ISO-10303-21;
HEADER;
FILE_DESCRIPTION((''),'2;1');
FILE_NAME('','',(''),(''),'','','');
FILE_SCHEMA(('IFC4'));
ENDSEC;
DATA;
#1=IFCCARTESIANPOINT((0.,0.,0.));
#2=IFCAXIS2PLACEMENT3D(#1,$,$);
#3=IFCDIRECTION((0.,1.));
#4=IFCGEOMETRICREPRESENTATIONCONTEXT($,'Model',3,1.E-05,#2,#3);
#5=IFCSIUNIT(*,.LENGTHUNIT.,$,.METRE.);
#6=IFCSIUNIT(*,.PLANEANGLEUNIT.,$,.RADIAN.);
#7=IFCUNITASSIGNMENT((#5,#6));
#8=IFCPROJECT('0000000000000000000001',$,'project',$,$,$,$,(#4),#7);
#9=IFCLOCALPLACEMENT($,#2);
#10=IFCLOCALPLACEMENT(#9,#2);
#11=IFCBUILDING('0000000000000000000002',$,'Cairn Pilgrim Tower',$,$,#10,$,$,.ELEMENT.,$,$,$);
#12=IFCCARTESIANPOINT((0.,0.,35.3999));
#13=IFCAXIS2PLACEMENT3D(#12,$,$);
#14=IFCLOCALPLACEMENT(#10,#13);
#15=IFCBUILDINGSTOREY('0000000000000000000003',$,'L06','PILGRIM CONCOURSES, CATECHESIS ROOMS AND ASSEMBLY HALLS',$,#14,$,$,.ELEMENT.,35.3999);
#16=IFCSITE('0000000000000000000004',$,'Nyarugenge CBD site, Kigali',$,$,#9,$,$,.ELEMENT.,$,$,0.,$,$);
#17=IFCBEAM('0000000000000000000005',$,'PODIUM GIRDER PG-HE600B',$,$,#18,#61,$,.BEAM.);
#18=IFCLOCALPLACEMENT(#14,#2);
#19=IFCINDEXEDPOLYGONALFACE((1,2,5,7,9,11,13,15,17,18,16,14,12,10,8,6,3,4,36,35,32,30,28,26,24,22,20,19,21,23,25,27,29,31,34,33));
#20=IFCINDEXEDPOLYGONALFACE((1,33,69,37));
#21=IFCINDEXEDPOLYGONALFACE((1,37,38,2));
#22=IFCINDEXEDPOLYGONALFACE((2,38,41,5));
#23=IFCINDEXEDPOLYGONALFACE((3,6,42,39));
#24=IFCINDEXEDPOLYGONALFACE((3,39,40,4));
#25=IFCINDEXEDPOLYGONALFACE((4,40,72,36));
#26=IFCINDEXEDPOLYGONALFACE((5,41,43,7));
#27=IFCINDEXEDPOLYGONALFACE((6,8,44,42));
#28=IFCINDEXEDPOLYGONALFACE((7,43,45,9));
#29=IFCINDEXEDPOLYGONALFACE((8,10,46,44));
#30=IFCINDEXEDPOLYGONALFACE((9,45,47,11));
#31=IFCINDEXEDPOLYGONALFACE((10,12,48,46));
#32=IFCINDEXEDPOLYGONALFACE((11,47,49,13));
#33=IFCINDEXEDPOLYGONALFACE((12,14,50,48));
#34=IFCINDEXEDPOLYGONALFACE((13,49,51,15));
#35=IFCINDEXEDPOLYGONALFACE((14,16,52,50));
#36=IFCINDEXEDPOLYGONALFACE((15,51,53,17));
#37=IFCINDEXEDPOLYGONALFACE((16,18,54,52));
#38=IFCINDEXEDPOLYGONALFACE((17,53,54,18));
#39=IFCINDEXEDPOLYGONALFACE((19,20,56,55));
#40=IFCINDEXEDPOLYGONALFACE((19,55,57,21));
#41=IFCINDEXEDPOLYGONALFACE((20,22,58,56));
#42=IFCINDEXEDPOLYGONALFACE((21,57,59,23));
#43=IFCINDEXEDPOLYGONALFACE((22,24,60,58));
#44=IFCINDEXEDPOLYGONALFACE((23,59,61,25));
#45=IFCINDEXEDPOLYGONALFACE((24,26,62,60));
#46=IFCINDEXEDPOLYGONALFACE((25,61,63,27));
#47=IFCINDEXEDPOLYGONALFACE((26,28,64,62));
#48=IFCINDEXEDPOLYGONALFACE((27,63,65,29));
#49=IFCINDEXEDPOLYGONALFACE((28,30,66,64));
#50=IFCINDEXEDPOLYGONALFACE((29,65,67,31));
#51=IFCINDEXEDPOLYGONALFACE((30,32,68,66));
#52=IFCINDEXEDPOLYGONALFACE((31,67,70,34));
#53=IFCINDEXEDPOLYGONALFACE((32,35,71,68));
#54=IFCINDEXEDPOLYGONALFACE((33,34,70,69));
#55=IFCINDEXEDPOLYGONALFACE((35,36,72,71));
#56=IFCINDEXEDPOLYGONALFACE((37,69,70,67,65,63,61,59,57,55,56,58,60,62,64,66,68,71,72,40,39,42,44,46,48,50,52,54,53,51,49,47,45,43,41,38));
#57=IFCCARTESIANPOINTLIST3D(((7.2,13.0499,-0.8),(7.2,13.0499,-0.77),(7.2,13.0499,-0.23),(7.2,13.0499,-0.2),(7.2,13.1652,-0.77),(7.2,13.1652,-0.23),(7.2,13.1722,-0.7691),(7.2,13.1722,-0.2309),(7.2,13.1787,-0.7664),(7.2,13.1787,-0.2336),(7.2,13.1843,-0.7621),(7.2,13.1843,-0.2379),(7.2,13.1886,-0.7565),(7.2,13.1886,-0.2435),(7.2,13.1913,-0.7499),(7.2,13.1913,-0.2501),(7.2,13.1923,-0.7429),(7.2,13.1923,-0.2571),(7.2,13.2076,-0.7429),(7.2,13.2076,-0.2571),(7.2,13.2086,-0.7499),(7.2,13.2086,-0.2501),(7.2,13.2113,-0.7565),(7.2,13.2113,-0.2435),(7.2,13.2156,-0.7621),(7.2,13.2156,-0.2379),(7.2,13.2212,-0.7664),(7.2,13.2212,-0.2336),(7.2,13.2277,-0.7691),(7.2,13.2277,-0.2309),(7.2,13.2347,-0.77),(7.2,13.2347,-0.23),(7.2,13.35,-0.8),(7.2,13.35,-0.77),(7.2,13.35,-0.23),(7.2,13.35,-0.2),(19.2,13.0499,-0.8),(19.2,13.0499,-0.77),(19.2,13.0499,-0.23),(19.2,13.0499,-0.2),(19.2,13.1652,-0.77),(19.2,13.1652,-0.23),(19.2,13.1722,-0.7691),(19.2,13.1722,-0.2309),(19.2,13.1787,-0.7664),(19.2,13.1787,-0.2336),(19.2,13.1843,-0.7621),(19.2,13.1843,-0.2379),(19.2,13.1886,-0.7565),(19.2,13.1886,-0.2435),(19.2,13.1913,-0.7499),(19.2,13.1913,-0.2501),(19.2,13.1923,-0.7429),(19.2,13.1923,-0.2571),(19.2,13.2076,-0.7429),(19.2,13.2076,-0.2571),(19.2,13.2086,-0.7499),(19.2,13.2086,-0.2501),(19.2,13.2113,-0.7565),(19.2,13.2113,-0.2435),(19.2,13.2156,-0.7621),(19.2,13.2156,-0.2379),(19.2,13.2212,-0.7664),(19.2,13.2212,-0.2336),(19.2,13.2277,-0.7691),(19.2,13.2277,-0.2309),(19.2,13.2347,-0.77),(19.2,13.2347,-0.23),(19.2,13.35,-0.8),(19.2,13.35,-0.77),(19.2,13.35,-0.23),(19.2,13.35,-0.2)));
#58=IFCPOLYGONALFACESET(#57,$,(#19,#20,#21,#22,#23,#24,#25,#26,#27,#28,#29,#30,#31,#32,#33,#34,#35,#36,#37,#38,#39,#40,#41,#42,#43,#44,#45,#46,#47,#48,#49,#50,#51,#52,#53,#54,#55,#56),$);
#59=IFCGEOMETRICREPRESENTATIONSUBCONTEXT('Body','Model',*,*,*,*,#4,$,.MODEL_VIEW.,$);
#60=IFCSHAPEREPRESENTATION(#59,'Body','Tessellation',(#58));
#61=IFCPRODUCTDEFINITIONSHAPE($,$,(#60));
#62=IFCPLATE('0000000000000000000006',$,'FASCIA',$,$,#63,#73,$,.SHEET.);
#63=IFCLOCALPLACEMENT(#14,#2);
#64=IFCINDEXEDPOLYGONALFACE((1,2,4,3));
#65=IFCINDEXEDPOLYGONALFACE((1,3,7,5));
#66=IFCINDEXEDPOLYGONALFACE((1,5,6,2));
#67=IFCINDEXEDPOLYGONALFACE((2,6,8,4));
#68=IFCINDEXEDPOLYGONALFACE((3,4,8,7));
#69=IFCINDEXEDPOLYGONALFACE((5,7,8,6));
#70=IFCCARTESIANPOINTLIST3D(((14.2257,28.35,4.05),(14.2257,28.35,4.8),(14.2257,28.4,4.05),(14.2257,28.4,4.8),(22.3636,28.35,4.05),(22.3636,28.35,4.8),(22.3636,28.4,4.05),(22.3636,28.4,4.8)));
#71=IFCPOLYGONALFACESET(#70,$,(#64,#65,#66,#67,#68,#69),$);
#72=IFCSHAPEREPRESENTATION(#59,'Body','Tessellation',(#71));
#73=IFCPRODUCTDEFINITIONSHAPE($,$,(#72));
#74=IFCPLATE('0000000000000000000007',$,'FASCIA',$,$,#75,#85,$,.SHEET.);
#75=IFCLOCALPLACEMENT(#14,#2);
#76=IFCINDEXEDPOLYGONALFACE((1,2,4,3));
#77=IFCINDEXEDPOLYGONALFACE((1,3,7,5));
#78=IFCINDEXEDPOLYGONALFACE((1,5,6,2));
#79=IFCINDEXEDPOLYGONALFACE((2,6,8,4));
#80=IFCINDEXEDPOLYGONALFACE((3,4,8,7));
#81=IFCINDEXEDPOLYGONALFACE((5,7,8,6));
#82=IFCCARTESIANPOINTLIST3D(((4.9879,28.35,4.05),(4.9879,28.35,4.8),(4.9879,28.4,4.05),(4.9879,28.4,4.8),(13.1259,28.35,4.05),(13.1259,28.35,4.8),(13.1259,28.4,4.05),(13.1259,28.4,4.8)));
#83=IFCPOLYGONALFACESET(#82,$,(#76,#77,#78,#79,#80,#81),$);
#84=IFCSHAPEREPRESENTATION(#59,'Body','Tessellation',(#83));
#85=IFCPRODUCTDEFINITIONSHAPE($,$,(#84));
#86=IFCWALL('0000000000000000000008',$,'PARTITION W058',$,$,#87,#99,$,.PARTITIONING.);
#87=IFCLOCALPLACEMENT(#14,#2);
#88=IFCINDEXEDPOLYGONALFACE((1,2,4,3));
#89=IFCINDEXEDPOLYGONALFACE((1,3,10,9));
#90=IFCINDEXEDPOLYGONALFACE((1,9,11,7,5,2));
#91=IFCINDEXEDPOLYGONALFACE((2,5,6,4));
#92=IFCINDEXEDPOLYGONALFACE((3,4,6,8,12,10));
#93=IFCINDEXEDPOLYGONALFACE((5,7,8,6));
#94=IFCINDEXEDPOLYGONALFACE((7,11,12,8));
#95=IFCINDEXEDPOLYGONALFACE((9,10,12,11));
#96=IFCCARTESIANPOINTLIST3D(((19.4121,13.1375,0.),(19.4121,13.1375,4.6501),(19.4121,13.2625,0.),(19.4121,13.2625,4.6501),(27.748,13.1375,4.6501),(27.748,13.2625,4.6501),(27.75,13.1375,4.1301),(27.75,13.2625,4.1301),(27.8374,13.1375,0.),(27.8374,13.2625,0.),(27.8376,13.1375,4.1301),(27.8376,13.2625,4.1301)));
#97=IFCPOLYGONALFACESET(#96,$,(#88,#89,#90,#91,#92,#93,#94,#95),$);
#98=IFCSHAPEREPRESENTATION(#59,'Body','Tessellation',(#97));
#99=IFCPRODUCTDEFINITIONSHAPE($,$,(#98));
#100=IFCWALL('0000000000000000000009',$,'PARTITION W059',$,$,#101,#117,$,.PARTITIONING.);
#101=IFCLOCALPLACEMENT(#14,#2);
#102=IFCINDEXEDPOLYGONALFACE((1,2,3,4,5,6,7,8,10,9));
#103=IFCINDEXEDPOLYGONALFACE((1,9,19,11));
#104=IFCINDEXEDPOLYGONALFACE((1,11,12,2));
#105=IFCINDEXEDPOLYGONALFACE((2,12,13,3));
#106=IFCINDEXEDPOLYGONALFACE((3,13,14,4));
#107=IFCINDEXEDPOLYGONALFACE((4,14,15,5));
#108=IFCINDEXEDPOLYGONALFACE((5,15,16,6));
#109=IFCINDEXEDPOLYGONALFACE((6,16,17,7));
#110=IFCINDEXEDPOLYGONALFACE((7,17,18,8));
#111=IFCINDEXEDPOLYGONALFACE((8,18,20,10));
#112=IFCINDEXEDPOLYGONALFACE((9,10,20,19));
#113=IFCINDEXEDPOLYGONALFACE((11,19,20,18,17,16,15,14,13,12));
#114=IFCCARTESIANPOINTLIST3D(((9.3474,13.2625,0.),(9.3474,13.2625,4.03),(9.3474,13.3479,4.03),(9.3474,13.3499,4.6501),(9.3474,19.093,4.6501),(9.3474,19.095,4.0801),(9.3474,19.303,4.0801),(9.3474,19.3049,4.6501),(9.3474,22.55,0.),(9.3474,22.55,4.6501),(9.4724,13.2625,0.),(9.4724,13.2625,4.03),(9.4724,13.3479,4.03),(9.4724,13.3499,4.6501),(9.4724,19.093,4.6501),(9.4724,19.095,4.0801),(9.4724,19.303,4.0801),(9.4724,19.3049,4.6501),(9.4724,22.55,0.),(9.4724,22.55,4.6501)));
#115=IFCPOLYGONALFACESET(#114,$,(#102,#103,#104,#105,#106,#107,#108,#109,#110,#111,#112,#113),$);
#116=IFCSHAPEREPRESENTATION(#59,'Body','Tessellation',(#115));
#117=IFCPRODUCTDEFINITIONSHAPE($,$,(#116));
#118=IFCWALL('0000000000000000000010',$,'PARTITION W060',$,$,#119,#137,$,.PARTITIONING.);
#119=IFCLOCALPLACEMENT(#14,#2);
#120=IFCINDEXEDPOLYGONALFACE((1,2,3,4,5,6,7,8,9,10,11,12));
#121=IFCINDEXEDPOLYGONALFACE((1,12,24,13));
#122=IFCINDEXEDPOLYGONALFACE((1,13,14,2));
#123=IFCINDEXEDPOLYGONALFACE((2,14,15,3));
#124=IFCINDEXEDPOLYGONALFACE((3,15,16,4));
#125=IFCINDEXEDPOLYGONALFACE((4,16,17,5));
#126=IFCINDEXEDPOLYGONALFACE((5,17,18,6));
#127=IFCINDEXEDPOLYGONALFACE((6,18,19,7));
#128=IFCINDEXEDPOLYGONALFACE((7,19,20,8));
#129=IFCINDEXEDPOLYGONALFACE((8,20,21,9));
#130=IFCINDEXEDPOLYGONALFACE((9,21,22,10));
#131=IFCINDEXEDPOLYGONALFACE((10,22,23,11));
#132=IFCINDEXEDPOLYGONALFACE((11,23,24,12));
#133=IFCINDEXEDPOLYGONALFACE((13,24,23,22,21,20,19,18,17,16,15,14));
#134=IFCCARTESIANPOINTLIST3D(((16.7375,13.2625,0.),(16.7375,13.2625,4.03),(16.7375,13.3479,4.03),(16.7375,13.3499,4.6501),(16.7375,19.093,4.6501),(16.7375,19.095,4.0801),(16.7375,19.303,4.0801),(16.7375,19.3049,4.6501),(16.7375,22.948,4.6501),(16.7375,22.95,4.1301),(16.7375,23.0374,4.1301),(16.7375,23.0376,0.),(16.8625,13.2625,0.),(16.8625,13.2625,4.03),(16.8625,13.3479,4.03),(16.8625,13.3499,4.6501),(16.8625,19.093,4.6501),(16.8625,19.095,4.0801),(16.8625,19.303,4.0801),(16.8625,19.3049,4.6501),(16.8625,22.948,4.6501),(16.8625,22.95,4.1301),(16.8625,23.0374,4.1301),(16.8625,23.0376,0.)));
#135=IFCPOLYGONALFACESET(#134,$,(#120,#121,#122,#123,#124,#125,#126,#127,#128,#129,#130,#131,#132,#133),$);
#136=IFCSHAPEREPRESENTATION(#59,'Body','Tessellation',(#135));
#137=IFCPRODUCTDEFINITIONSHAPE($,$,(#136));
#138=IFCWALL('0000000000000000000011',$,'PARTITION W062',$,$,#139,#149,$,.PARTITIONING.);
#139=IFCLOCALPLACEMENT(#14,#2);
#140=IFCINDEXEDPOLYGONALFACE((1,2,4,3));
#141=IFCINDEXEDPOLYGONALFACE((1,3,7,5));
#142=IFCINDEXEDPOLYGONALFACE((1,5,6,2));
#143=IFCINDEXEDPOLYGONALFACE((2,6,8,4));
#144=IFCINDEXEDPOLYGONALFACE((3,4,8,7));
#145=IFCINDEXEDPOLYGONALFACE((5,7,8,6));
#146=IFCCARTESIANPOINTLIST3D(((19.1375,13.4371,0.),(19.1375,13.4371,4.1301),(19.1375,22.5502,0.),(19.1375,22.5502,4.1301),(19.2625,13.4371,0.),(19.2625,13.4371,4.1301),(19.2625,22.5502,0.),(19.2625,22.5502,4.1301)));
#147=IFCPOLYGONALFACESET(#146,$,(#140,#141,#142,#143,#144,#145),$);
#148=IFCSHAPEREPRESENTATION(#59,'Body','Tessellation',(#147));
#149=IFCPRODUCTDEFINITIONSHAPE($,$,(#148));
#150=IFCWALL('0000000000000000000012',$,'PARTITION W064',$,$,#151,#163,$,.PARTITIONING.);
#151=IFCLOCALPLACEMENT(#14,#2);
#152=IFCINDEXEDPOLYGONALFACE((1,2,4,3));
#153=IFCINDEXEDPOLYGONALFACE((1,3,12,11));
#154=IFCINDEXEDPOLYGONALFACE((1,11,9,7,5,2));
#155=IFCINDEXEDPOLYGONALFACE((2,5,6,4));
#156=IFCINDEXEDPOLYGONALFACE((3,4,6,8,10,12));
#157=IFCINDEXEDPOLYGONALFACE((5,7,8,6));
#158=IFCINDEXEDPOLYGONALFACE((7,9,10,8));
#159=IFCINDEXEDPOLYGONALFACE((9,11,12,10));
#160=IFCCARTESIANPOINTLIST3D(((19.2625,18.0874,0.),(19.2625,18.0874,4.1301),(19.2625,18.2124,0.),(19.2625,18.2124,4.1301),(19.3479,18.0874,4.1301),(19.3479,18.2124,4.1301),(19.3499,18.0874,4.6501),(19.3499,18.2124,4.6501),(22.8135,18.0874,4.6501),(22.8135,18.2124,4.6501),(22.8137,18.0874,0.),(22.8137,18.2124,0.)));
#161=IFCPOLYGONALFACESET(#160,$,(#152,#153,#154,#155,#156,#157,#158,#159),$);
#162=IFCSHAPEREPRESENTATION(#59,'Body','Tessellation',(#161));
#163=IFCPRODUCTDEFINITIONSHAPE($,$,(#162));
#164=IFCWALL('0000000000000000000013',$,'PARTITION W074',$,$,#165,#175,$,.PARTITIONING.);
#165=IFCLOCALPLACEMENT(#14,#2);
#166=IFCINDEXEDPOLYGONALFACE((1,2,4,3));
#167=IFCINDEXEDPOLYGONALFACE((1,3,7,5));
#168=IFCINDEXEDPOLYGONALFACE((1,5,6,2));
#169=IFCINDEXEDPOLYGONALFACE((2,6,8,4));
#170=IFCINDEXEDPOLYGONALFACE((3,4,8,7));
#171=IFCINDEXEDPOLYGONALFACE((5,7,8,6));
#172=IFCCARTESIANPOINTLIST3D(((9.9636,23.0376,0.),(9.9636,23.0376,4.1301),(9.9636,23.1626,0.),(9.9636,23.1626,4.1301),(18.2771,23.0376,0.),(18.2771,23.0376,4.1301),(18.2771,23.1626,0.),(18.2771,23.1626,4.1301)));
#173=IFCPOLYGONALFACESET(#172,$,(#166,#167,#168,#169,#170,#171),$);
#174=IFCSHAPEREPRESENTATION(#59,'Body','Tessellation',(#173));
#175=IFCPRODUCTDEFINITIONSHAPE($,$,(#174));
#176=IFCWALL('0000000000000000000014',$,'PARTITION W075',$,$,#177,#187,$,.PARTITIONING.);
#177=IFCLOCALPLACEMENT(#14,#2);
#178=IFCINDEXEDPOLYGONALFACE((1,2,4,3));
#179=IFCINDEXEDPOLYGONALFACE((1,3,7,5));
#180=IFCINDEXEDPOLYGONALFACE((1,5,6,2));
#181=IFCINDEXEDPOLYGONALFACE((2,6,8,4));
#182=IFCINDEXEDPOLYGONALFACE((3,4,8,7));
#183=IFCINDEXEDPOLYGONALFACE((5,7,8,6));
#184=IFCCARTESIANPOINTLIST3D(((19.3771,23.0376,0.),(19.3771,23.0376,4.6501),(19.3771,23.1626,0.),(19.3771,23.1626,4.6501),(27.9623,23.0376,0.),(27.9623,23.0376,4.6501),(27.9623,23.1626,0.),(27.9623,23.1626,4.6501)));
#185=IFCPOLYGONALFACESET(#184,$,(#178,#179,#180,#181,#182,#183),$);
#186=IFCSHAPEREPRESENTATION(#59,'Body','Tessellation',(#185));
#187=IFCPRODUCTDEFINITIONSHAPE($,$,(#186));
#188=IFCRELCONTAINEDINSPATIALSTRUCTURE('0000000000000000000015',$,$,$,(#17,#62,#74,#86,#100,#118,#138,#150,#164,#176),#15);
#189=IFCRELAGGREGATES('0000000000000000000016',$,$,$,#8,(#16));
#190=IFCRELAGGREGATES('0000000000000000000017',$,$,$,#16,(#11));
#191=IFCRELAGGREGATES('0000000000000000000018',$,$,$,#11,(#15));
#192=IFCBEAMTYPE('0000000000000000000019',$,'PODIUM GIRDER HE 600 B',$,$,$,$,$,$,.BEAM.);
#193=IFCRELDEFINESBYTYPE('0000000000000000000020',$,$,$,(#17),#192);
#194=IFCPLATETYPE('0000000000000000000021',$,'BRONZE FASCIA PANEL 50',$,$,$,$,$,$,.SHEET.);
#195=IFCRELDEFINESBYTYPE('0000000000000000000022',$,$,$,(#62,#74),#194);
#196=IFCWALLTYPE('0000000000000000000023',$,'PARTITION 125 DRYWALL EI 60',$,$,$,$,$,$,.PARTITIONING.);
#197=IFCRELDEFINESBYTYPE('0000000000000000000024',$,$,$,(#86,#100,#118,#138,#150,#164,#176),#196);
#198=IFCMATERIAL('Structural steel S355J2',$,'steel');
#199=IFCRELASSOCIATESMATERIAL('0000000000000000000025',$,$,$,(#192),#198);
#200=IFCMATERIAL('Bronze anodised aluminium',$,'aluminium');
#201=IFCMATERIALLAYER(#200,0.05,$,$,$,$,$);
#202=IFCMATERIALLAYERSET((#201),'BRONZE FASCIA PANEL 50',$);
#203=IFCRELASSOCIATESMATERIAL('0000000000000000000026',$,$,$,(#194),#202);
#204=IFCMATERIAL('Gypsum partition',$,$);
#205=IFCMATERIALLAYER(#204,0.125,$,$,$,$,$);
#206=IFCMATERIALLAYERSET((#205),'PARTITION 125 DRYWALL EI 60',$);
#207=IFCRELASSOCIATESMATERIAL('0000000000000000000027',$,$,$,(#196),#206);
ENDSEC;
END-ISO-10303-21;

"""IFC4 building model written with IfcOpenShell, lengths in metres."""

from ifc_helpers import new_model, si_unit, direction, frame, frame_2d, origin, origin_2d, place, context, subcontext, project, spatial, polyline, rectangle, i_section, outline, extrude, material, layer, layer_set, material_profile, profile_set, type_object, element, save


model = new_model("IFC4")

# Units and contexts
model_context = context("Model", 3, precision=1e-05, world=origin(), true_north=direction((0.0, 1.0)))
body_context = subcontext(model_context, "Body", "Model", "MODEL_VIEW")
ifc_project = project(units=[si_unit("LENGTHUNIT", "METRE"), si_unit("PLANEANGLEUNIT", "RADIAN")], contexts=[model_context])

# Site, building, storey
site_placement = place(None, origin())
site = spatial("IfcSite", under=ifc_project, at=site_placement, Name="Nyarugenge CBD site, Kigali", CompositionType="ELEMENT", RefElevation=0.0)
building_placement = place(site_placement, origin())
building = spatial("IfcBuilding", under=site, at=building_placement, Name="Cairn Pilgrim Tower", CompositionType="ELEMENT")
storey_placement = place(building_placement, frame((0.0, 0.0, 35.3999)))
storey = spatial("IfcBuildingStorey", under=building, at=storey_placement, Name="L06", Description="PILGRIM CONCOURSES, CATECHESIS ROOMS AND ASSEMBLY HALLS", CompositionType="ELEMENT", Elevation=35.3999)

# Beam
ifc_material_1 = material(Name="Structural steel S355J2", Category="steel")
ifc_material_profile_1 = material_profile(ifc_material_1, i_section(OverallWidth=0.3, OverallDepth=0.6001, WebThickness=0.0154, FlangeThickness=0.03, FilletRadius=0.0271, at=origin_2d()), Name="HEB 600")
ifc_profile_set_1 = profile_set([ifc_material_profile_1], Name="Structural steel S355J2")
beam_type_1 = type_object("IfcBeamType", Name="PODIUM GIRDER HE 600 B", PredefinedType="BEAM", material=ifc_profile_set_1)
beam_1_placement = place(storey_placement, frame((19.2, 13.2, -0.5), z_axis=(-1.0, 0.0, 0.0), x_axis=(0.0, -1.0, 0.0)))
element("IfcBeam", 1, at=beam_1_placement, inside=storey, type_object=beam_type_1, Name="PODIUM GIRDER PG-HE600B", PredefinedType="BEAM", context=body_context, shape_type="SweptSolid", body=[
    extrude(i_section(OverallWidth=0.3, OverallDepth=0.6001, WebThickness=0.0154, FlangeThickness=0.03, FilletRadius=0.0271, at=origin_2d()), origin(), (0.0, 0.0, 1.0), 12.0),
])

# Plates
ifc_material_2 = material(Name="Bronze anodised aluminium", Category="aluminium")
ifc_layer_1 = layer(ifc_material_2, 0.05)
ifc_layer_set_1 = layer_set([ifc_layer_1], Name="BRONZE FASCIA PANEL 50")
plate_type = type_object("IfcPlateType", Name="BRONZE FASCIA PANEL 50", PredefinedType="SHEET", material=ifc_layer_set_1)
for number, where, z_axis, x_axis, name in (
    (2, (18.2947, 28.375, 4.05), (0.0, 0.0, 1.0), (-1.0, 0.0, 0.0), "FASCIA"),
    (3, (9.0569, 28.375, 4.05), (0.0, 0.0, 1.0), (-1.0, 0.0, 0.0), "FASCIA"),
):
    element("IfcPlate", number, at=place(storey_placement, frame(where, z_axis=z_axis, x_axis=x_axis)), inside=storey, type_object=plate_type, Name=name, PredefinedType="SHEET", context=body_context, shape_type="SweptSolid", body=[
        extrude(rectangle(XDim=8.1379, YDim=0.05, at=origin_2d()), origin(), (0.0, 0.0, 1.0), 0.75),
    ])

# Walls
ifc_material_3 = material(Name="Gypsum partition")
ifc_layer_2 = layer(ifc_material_3, 0.125)
ifc_layer_set_2 = layer_set([ifc_layer_2], Name="PARTITION 125 DRYWALL EI 60")
wall_type_1 = type_object("IfcWallType", Name="PARTITION 125 DRYWALL EI 60", PredefinedType="PARTITIONING", material=ifc_layer_set_2)
wall_1_placement = place(storey_placement, frame((19.4121, 13.2, 0.0), z_axis=(0.0, 0.0, 1.0), x_axis=(1.0, 0.0, 0.0)))
element("IfcWall", 4, at=wall_1_placement, inside=storey, type_object=wall_type_1, Name="PARTITION W058", PredefinedType="PARTITIONING", context=body_context, shape_type="SweptSolid", body=[
    extrude(outline(polyline([(0.0, 0.0), (8.4253, 0.0), (8.4255, 4.1301), (8.3379, 4.1301), (8.3359, 4.6501), (0.0, 4.6501), (0.0, 0.0)])), frame((0.0, 0.0625, 0.0), z_axis=(0.0, -1.0, 0.0), x_axis=(1.0, 0.0, 0.0)), (0.0, 0.0, 1.0), 0.125),
])
wall_2_placement = place(storey_placement, frame((9.4099, 13.2625, 0.0), z_axis=(0.0, 0.0, 1.0), x_axis=(0.0, 1.0, 0.0)))
element("IfcWall", 5, at=wall_2_placement, inside=storey, type_object=wall_type_1, Name="PARTITION W059", PredefinedType="PARTITIONING", context=body_context, shape_type="SweptSolid", body=[
    extrude(outline(polyline([(0.0, 0.0), (9.2876, 0.0), (9.2876, 4.6501), (6.0425, 4.6501), (6.0405, 4.0801), (5.8325, 4.0801), (5.8306, 4.6501), (0.0874, 4.6501), (0.0854, 4.03), (0.0, 4.03), (0.0, 0.0)])), frame((0.0, 0.0625, 0.0), z_axis=(0.0, -1.0, 0.0), x_axis=(1.0, 0.0, 0.0)), (0.0, 0.0, 1.0), 0.125),
])
wall_3_placement = place(storey_placement, frame((16.8, 13.2625, 0.0), z_axis=(0.0, 0.0, 1.0), x_axis=(0.0, 1.0, 0.0)))
element("IfcWall", 6, at=wall_3_placement, inside=storey, type_object=wall_type_1, Name="PARTITION W060", PredefinedType="PARTITIONING", context=body_context, shape_type="SweptSolid", body=[
    extrude(outline(polyline([(0.0, 0.0), (9.7751, 0.0), (9.7749, 4.1301), (9.6875, 4.1301), (9.6855, 4.6501), (6.0425, 4.6501), (6.0405, 4.0801), (5.8325, 4.0801), (5.8306, 4.6501), (0.0874, 4.6501), (0.0854, 4.03), (0.0, 4.03), (0.0, 0.0)])), frame((0.0, 0.0625, 0.0), z_axis=(0.0, -1.0, 0.0), x_axis=(1.0, 0.0, 0.0)), (0.0, 0.0, 1.0), 0.125),
])
wall_4_placement = place(storey_placement, frame((19.2, 13.437, 0.0), z_axis=(0.0, 0.0, 1.0), x_axis=(0.0, 1.0, 0.0)))
element("IfcWall", 7, at=wall_4_placement, inside=storey, type_object=wall_type_1, Name="PARTITION W062", PredefinedType="PARTITIONING", context=body_context, shape_type="SweptSolid", body=[
    extrude(rectangle(XDim=9.113, YDim=0.125, at=frame_2d((4.5566, 0.0))), origin(), (0.0, 0.0, 1.0), 4.1301),
])
wall_5_placement = place(storey_placement, frame((19.2625, 18.1499, 0.0), z_axis=(0.0, 0.0, 1.0), x_axis=(1.0, 0.0, 0.0)))
element("IfcWall", 8, at=wall_5_placement, inside=storey, type_object=wall_type_1, Name="PARTITION W064", PredefinedType="PARTITIONING", context=body_context, shape_type="SweptSolid", body=[
    extrude(outline(polyline([(0.0, 0.0), (3.5513, 0.0), (3.551, 4.6501), (0.0874, 4.6501), (0.0854, 4.1301), (0.0, 4.1301), (0.0, 0.0)])), frame((0.0, 0.0625, 0.0), z_axis=(0.0, -1.0, 0.0), x_axis=(1.0, 0.0, 0.0)), (0.0, 0.0, 1.0), 0.125),
])
wall_6_placement = place(storey_placement, frame((9.9636, 23.1001, 0.0), z_axis=(0.0, 0.0, 1.0), x_axis=(1.0, 0.0, 0.0)))
element("IfcWall", 9, at=wall_6_placement, inside=storey, type_object=wall_type_1, Name="PARTITION W074", PredefinedType="PARTITIONING", context=body_context, shape_type="SweptSolid", body=[
    extrude(rectangle(XDim=8.3135, YDim=0.125, at=frame_2d((4.1567, 0.0))), origin(), (0.0, 0.0, 1.0), 4.1301),
])
wall_7_placement = place(storey_placement, frame((19.3772, 23.1001, 0.0), z_axis=(0.0, 0.0, 1.0), x_axis=(1.0, 0.0, 0.0)))
element("IfcWall", 10, at=wall_7_placement, inside=storey, type_object=wall_type_1, Name="PARTITION W075", PredefinedType="PARTITIONING", context=body_context, shape_type="SweptSolid", body=[
    extrude(rectangle(XDim=8.5852, YDim=0.125, at=frame_2d((4.2925, 0.0))), origin(), (0.0, 0.0, 1.0), 4.6501),
])

save(model, "model.ifc")
